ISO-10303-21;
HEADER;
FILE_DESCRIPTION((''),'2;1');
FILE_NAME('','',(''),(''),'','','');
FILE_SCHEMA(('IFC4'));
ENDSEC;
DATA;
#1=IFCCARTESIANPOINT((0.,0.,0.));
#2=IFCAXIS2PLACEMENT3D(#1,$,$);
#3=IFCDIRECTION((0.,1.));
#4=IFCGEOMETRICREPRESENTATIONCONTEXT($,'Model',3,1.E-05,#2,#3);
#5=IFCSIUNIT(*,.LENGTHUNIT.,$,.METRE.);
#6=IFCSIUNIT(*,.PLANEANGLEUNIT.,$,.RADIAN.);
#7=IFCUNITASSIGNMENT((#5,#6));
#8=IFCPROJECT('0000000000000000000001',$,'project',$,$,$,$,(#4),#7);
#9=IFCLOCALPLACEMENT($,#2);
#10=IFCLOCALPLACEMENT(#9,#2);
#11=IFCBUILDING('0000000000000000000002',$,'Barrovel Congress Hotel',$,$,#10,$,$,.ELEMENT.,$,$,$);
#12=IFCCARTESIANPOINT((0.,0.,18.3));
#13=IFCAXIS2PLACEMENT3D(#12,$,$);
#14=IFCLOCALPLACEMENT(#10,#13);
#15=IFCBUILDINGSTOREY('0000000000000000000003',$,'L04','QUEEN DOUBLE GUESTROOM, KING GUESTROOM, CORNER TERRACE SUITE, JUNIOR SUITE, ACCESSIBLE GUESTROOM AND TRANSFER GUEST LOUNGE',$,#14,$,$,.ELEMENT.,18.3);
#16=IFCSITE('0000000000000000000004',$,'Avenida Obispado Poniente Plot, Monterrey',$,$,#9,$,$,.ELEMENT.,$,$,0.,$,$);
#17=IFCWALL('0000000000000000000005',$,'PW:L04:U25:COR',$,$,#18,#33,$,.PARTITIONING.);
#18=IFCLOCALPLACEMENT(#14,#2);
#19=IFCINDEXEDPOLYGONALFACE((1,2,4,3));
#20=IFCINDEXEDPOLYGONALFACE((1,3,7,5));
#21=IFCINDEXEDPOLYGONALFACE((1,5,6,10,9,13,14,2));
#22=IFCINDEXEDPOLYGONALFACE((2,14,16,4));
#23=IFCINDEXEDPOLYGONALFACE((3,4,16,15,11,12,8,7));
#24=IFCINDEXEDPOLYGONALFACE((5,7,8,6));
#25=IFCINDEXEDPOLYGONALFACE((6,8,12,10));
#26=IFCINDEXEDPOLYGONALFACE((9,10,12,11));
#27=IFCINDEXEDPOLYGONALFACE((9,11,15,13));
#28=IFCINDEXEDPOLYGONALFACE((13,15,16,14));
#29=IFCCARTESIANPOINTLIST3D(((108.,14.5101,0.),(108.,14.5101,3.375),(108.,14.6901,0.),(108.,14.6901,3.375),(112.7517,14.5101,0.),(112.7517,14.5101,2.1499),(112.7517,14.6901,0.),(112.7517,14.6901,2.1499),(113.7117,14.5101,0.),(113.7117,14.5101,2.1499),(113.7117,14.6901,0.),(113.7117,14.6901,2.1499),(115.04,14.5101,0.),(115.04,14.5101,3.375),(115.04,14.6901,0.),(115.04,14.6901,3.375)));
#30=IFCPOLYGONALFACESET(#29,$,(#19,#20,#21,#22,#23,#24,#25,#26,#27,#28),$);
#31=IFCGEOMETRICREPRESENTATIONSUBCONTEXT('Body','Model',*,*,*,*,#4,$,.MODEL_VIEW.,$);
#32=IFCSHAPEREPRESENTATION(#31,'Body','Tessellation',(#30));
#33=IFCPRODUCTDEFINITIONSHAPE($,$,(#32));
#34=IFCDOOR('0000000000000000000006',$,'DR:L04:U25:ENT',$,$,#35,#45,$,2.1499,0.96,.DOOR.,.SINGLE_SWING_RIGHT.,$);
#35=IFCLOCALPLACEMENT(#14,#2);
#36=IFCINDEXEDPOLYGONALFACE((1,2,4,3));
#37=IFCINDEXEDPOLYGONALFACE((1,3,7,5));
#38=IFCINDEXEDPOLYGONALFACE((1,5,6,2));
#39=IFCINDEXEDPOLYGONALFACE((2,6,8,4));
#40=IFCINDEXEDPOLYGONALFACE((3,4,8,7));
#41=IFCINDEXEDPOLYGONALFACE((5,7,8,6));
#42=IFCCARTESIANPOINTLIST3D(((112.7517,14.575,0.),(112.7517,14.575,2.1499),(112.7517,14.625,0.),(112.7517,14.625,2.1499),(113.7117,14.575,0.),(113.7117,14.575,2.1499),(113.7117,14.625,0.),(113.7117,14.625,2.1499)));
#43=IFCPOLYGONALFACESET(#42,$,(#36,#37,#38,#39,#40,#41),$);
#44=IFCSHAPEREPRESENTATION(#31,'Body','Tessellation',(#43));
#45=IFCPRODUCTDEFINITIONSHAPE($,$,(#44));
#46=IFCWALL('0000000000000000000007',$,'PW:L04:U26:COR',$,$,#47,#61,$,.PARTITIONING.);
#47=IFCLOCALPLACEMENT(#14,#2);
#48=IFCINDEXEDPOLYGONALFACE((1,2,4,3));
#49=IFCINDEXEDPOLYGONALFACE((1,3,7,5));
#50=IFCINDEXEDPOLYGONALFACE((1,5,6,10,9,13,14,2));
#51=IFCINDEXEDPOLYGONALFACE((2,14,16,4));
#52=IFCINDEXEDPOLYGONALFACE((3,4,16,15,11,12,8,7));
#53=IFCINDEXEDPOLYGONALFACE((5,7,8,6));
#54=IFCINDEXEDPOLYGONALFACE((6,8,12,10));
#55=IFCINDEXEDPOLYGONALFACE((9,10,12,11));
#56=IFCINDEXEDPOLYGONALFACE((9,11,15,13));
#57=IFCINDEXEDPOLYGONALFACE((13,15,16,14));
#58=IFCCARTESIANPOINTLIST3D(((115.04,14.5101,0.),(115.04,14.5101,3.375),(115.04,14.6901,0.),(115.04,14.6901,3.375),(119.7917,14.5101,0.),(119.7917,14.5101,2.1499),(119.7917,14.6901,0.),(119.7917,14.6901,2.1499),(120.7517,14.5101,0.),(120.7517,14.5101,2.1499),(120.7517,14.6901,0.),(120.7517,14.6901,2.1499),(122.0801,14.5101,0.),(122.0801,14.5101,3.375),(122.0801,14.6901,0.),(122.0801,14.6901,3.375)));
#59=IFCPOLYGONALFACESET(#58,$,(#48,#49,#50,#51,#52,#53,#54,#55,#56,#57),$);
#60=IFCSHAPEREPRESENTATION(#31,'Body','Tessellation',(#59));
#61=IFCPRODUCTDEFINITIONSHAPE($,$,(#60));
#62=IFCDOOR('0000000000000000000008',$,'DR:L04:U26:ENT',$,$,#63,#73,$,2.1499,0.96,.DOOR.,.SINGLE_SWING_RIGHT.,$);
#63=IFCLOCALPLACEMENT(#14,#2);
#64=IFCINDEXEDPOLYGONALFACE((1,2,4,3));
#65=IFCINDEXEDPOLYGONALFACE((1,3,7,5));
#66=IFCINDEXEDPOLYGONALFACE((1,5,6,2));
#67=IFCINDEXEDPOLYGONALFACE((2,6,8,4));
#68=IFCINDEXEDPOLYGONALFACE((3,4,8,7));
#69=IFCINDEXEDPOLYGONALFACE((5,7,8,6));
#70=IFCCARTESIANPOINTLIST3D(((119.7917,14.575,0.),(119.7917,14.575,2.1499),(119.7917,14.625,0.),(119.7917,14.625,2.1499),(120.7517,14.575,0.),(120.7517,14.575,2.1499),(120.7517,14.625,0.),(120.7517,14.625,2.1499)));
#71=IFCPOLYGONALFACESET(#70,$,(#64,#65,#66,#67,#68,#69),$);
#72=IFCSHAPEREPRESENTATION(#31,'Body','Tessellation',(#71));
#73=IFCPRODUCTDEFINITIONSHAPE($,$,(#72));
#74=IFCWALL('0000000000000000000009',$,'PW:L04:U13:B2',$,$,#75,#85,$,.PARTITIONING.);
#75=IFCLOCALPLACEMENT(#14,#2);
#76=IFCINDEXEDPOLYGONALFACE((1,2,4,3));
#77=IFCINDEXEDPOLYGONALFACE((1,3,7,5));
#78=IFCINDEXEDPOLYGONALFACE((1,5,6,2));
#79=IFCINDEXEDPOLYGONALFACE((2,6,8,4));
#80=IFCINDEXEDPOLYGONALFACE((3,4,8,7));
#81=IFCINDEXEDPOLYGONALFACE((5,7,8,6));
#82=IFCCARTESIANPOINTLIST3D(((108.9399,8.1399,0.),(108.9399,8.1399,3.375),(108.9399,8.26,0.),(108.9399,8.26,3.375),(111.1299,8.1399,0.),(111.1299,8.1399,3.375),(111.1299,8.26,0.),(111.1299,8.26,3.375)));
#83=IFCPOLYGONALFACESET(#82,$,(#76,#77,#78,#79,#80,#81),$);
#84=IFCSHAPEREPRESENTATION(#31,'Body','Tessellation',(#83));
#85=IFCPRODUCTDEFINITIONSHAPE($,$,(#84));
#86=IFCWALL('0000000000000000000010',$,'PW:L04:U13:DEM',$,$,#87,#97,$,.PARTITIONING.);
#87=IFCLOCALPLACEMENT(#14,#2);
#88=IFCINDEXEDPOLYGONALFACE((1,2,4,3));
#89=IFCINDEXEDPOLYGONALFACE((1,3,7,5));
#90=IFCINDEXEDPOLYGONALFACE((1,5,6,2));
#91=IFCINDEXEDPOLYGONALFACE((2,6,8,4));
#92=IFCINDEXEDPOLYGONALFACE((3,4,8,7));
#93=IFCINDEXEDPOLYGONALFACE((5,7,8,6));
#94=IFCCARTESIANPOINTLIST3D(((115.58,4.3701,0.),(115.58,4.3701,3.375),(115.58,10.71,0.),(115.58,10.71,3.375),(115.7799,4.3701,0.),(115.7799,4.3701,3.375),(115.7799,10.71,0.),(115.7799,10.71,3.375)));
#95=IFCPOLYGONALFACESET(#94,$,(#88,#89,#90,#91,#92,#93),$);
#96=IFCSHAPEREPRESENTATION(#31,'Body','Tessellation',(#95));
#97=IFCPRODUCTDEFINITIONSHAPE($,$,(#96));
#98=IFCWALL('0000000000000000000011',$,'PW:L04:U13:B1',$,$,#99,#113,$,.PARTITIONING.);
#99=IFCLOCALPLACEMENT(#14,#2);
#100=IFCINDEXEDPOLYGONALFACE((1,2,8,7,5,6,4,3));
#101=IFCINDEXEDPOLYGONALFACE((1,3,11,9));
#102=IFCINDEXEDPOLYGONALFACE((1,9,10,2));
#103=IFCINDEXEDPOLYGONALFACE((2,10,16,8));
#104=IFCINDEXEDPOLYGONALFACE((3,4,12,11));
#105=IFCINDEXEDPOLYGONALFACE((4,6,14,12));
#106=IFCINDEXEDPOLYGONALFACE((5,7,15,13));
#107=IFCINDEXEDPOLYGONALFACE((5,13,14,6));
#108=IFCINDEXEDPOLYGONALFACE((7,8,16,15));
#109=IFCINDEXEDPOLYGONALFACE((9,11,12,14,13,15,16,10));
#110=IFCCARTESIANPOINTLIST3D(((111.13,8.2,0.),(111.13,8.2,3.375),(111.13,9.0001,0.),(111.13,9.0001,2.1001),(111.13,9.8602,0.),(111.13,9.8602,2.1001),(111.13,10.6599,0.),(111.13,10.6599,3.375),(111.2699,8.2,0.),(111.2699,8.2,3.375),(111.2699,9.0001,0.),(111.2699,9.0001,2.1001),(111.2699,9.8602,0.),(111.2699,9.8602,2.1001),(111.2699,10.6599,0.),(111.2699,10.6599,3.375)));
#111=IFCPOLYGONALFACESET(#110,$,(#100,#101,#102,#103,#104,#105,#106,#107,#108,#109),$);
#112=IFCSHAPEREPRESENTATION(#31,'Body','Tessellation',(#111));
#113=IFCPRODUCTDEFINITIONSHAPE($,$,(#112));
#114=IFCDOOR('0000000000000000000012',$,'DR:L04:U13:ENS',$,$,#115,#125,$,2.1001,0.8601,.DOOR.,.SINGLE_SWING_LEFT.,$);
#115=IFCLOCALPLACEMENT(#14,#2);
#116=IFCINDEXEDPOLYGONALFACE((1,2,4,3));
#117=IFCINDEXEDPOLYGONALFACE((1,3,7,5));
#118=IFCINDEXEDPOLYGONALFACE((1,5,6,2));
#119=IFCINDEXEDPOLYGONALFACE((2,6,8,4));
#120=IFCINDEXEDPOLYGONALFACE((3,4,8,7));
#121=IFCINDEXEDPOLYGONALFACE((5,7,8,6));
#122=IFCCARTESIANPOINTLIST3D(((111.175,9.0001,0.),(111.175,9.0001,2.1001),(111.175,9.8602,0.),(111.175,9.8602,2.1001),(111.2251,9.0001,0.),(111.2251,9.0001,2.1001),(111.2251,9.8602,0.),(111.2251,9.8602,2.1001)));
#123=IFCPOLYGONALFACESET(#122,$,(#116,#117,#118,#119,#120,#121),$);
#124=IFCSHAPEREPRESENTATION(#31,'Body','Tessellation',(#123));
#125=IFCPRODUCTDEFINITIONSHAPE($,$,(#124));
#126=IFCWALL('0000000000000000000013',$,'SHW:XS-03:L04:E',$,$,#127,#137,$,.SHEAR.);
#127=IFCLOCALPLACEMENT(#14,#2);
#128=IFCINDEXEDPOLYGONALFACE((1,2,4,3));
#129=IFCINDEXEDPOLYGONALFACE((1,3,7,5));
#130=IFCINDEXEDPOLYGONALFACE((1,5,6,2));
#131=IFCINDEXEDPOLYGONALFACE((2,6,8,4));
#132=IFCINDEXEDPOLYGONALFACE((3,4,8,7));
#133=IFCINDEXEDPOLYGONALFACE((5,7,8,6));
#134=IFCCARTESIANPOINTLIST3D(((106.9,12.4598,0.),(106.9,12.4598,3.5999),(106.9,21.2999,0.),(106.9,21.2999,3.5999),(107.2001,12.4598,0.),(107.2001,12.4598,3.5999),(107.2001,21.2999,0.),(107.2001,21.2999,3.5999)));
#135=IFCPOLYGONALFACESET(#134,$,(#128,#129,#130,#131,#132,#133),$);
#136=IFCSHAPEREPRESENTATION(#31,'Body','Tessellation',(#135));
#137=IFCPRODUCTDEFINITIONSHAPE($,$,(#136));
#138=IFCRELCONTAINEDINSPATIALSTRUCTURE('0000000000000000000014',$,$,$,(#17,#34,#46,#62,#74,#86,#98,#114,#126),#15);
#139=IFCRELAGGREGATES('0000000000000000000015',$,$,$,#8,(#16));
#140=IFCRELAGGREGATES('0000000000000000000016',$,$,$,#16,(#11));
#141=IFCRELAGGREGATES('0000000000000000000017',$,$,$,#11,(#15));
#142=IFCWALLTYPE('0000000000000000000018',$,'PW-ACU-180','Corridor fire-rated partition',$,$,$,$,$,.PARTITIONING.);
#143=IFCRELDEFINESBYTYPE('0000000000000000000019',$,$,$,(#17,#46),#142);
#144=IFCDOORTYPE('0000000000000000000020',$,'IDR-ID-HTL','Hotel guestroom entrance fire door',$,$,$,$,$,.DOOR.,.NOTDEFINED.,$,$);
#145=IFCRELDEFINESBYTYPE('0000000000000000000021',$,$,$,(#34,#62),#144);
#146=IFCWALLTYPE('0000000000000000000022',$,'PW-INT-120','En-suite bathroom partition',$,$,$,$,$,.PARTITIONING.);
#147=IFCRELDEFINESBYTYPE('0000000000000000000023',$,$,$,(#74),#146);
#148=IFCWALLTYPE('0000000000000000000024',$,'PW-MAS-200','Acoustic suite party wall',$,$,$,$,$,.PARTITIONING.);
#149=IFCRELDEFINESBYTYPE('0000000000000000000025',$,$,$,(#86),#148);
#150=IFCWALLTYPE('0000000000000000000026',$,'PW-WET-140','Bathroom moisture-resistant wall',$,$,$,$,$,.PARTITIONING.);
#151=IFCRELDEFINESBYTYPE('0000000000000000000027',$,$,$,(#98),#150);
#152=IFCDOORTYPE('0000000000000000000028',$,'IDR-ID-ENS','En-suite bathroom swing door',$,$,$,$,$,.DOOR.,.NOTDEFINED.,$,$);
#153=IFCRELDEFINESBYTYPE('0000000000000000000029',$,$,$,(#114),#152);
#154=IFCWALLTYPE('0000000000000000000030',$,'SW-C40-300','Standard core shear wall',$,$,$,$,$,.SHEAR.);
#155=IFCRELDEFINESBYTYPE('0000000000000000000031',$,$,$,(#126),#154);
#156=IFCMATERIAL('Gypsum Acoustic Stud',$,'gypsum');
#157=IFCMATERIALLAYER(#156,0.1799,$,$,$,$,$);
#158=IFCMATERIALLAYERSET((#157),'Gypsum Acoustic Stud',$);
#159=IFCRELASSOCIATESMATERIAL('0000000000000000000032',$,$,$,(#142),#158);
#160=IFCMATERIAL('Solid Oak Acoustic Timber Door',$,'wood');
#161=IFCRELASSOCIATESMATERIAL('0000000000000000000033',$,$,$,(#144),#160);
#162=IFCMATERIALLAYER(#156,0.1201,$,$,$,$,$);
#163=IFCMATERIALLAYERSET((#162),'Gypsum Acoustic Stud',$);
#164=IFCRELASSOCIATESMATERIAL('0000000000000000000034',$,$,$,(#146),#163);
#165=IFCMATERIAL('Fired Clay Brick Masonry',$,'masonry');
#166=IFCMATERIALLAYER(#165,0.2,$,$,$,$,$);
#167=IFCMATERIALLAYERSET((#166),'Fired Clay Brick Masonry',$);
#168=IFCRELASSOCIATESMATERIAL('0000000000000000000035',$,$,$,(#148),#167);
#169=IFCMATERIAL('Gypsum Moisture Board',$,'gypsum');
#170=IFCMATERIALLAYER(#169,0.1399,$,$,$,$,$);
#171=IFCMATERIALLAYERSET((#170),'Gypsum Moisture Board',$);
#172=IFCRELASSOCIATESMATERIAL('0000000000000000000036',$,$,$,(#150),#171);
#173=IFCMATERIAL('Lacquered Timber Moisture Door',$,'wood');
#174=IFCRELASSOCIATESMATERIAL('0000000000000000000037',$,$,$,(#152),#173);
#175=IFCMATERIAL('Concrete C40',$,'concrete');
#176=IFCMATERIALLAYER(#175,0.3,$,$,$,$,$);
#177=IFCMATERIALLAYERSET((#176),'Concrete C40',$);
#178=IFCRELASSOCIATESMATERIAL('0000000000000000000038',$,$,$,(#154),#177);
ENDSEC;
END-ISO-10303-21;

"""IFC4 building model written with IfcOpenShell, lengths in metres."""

from ifc_helpers import new_model, si_unit, direction, frame, frame_2d, origin, place, context, subcontext, project, spatial, rectangle, extrude, material, layer, layer_set, type_object, element, fill, save


model = new_model("IFC4")

# Units and contexts
model_context = context("Model", 3, precision=1e-05, world=origin(), true_north=direction((0.0, 1.0)))
body_context = subcontext(model_context, "Body", "Model", "MODEL_VIEW")
ifc_project = project(units=[si_unit("LENGTHUNIT", "METRE"), si_unit("PLANEANGLEUNIT", "RADIAN")], contexts=[model_context])

# Site, building, storey
site_placement = place(None, origin())
site = spatial("IfcSite", under=ifc_project, at=site_placement, Name="Avenida Obispado Poniente Plot, Monterrey", CompositionType="ELEMENT", RefElevation=0.0)
building_placement = place(site_placement, origin())
building = spatial("IfcBuilding", under=site, at=building_placement, Name="Barrovel Congress Hotel", CompositionType="ELEMENT")
storey_placement = place(building_placement, frame((0.0, 0.0, 18.3)))
storey = spatial("IfcBuildingStorey", under=building, at=storey_placement, Name="L04", Description="QUEEN DOUBLE GUESTROOM, KING GUESTROOM, CORNER TERRACE SUITE, JUNIOR SUITE, ACCESSIBLE GUESTROOM AND TRANSFER GUEST LOUNGE", CompositionType="ELEMENT", Elevation=18.3)

# Shared definitions
ifc_material_1 = material(Name="Concrete C40", Category="concrete")

# Shared definitions
ifc_material_2 = material(Name="Fired Clay Brick Masonry", Category="masonry")

# Walls, openings, doors
ifc_material_3 = material(Name="Gypsum Acoustic Stud", Category="gypsum")
ifc_layer_1 = layer(ifc_material_3, 0.1799)
ifc_layer_set_1 = layer_set([ifc_layer_1], Name="Gypsum Acoustic Stud")
wall_type_1 = type_object("IfcWallType", Name="PW-ACU-180", Description="Corridor fire-rated partition", PredefinedType="PARTITIONING", material=ifc_layer_set_1)
ifc_material_4 = material(Name="Solid Oak Acoustic Timber Door", Category="wood")
door_type_1 = type_object("IfcDoorType", Name="IDR-ID-HTL", Description="Hotel guestroom entrance fire door", OperationType="NOTDEFINED", PredefinedType="DOOR", material=ifc_material_4)
wall_1_placement = place(storey_placement, frame((108.0, 14.6001, 0.0), z_axis=(0.0, 0.0, 1.0), x_axis=(1.0, 0.0, 0.0)))
wall_1 = element("IfcWall", 1, at=wall_1_placement, inside=storey, type_object=wall_type_1, Name="PW:L04:U25:COR", PredefinedType="PARTITIONING", context=body_context, shape_type="SweptSolid", body=[
    extrude(rectangle(XDim=7.04, YDim=0.1799, at=frame_2d((3.52, 0.0))), origin(), (0.0, 0.0, 1.0), 3.375),
])
opening_1_placement = place(wall_1_placement, frame((4.7517, 0.0, 0.0)))
opening_1 = element("IfcOpeningElement", 2, at=opening_1_placement, cuts=wall_1, PredefinedType="OPENING", context=body_context, shape_type="SweptSolid", body=[
    extrude(rectangle(XDim=0.96, YDim=2.1499, at=frame_2d((0.48, 1.075))), frame((0.0, 0.1001, 0.0), z_axis=(0.0, -1.0, 0.0), x_axis=(1.0, 0.0, 0.0)), (0.0, 0.0, 1.0), 0.2),
])
door_1_placement = place(opening_1_placement, origin())
door_1 = element("IfcDoor", 3, at=door_1_placement, inside=storey, type_object=door_type_1, Name="DR:L04:U25:ENT", OperationType="SINGLE_SWING_RIGHT", OverallHeight=2.1499, OverallWidth=0.96, PredefinedType="DOOR", context=body_context, shape_type="SweptSolid", body=[
    extrude(rectangle(XDim=0.96, YDim=2.1499, at=frame_2d((0.48, 1.075))), frame((0.0, 0.0249, 0.0), z_axis=(0.0, -1.0, 0.0), x_axis=(1.0, 0.0, 0.0)), (0.0, 0.0, 1.0), 0.05),
])
fill(opening_1, door_1)
wall_2_placement = place(storey_placement, frame((115.04, 14.6001, 0.0), z_axis=(0.0, 0.0, 1.0), x_axis=(1.0, 0.0, 0.0)))
wall_2 = element("IfcWall", 4, at=wall_2_placement, inside=storey, type_object=wall_type_1, Name="PW:L04:U26:COR", PredefinedType="PARTITIONING", context=body_context, shape_type="SweptSolid", body=[
    extrude(rectangle(XDim=7.04, YDim=0.1799, at=frame_2d((3.52, 0.0))), origin(), (0.0, 0.0, 1.0), 3.375),
])
opening_2_placement = place(wall_2_placement, frame((4.7517, 0.0, 0.0)))
opening_2 = element("IfcOpeningElement", 5, at=opening_2_placement, cuts=wall_2, PredefinedType="OPENING", context=body_context, shape_type="SweptSolid", body=[
    extrude(rectangle(XDim=0.96, YDim=2.1499, at=frame_2d((0.48, 1.075))), frame((0.0, 0.1001, 0.0), z_axis=(0.0, -1.0, 0.0), x_axis=(1.0, 0.0, 0.0)), (0.0, 0.0, 1.0), 0.2),
])
door_2_placement = place(opening_2_placement, origin())
door_2 = element("IfcDoor", 6, at=door_2_placement, inside=storey, type_object=door_type_1, Name="DR:L04:U26:ENT", OperationType="SINGLE_SWING_RIGHT", OverallHeight=2.1499, OverallWidth=0.96, PredefinedType="DOOR", context=body_context, shape_type="SweptSolid", body=[
    extrude(rectangle(XDim=0.96, YDim=2.1499, at=frame_2d((0.48, 1.075))), frame((0.0, 0.0249, 0.0), z_axis=(0.0, -1.0, 0.0), x_axis=(1.0, 0.0, 0.0)), (0.0, 0.0, 1.0), 0.05),
])
fill(opening_2, door_2)

# Walls
ifc_layer_2 = layer(ifc_material_3, 0.1201)
ifc_layer_set_2 = layer_set([ifc_layer_2], Name="Gypsum Acoustic Stud")
wall_type_2 = type_object("IfcWallType", Name="PW-INT-120", Description="En-suite bathroom partition", PredefinedType="PARTITIONING", material=ifc_layer_set_2)
wall_3_placement = place(storey_placement, frame((108.9399, 8.2, 0.0), z_axis=(0.0, 0.0, 1.0), x_axis=(1.0, 0.0, 0.0)))
element("IfcWall", 7, at=wall_3_placement, inside=storey, type_object=wall_type_2, Name="PW:L04:U13:B2", PredefinedType="PARTITIONING", context=body_context, shape_type="SweptSolid", body=[
    extrude(rectangle(XDim=2.1899, YDim=0.1201, at=frame_2d((1.095, 0.0))), origin(), (0.0, 0.0, 1.0), 3.375),
])
ifc_layer_3 = layer(ifc_material_2, 0.2)
ifc_layer_set_3 = layer_set([ifc_layer_3], Name="Fired Clay Brick Masonry")
wall_type_3 = type_object("IfcWallType", Name="PW-MAS-200", Description="Acoustic suite party wall", PredefinedType="PARTITIONING", material=ifc_layer_set_3)
wall_4_placement = place(storey_placement, frame((115.6799, 4.3701, 0.0), z_axis=(0.0, 0.0, 1.0), x_axis=(0.0, 1.0, 0.0)))
element("IfcWall", 8, at=wall_4_placement, inside=storey, type_object=wall_type_3, Name="PW:L04:U13:DEM", PredefinedType="PARTITIONING", context=body_context, shape_type="SweptSolid", body=[
    extrude(rectangle(XDim=6.3398, YDim=0.2, at=frame_2d((3.1699, 0.0))), origin(), (0.0, 0.0, 1.0), 3.375),
])

# Wall, opening, door
ifc_material_5 = material(Name="Gypsum Moisture Board", Category="gypsum")
ifc_layer_4 = layer(ifc_material_5, 0.1399)
ifc_layer_set_4 = layer_set([ifc_layer_4], Name="Gypsum Moisture Board")
wall_type_4 = type_object("IfcWallType", Name="PW-WET-140", Description="Bathroom moisture-resistant wall", PredefinedType="PARTITIONING", material=ifc_layer_set_4)
wall_5_placement = place(storey_placement, frame((111.2, 8.2, 0.0), z_axis=(0.0, 0.0, 1.0), x_axis=(0.0, 1.0, 0.0)))
wall_5 = element("IfcWall", 9, at=wall_5_placement, inside=storey, type_object=wall_type_4, Name="PW:L04:U13:B1", PredefinedType="PARTITIONING", context=body_context, shape_type="SweptSolid", body=[
    extrude(rectangle(XDim=2.46, YDim=0.1399, at=frame_2d((1.23, 0.0))), origin(), (0.0, 0.0, 1.0), 3.375),
])
opening_3_placement = place(wall_5_placement, frame((0.8, 0.0, 0.0)))
opening_3 = element("IfcOpeningElement", 10, at=opening_3_placement, cuts=wall_5, PredefinedType="OPENING", context=body_context, shape_type="SweptSolid", body=[
    extrude(rectangle(XDim=0.8601, YDim=2.1001, at=frame_2d((0.4302, 1.05))), frame((0.0, 0.0801, 0.0), z_axis=(0.0, -1.0, 0.0), x_axis=(1.0, 0.0, 0.0)), (0.0, 0.0, 1.0), 0.1599),
])
ifc_material_6 = material(Name="Lacquered Timber Moisture Door", Category="wood")
door_type_2 = type_object("IfcDoorType", Name="IDR-ID-ENS", Description="En-suite bathroom swing door", OperationType="NOTDEFINED", PredefinedType="DOOR", material=ifc_material_6)
door_3_placement = place(opening_3_placement, origin())
door_3 = element("IfcDoor", 11, at=door_3_placement, inside=storey, type_object=door_type_2, Name="DR:L04:U13:ENS", OperationType="SINGLE_SWING_LEFT", OverallHeight=2.1001, OverallWidth=0.8601, PredefinedType="DOOR", context=body_context, shape_type="SweptSolid", body=[
    extrude(rectangle(XDim=0.8601, YDim=2.1001, at=frame_2d((0.4302, 1.05))), frame((0.0, 0.0249, 0.0), z_axis=(0.0, -1.0, 0.0), x_axis=(1.0, 0.0, 0.0)), (0.0, 0.0, 1.0), 0.05),
])
fill(opening_3, door_3)

# Wall
ifc_layer_5 = layer(ifc_material_1, 0.3)
ifc_layer_set_5 = layer_set([ifc_layer_5], Name="Concrete C40")
wall_type_5 = type_object("IfcWallType", Name="SW-C40-300", Description="Standard core shear wall", PredefinedType="SHEAR", material=ifc_layer_set_5)
wall_6_placement = place(storey_placement, frame((107.05, 12.46, 0.0), z_axis=(0.0, 0.0, 1.0), x_axis=(0.0, 1.0, 0.0)))
element("IfcWall", 12, at=wall_6_placement, inside=storey, type_object=wall_type_5, Name="SHW:XS-03:L04:E", PredefinedType="SHEAR", context=body_context, shape_type="SweptSolid", body=[
    extrude(rectangle(XDim=8.8401, YDim=0.3, at=frame_2d((4.4199, 0.0))), origin(), (0.0, 0.0, 1.0), 3.5999),
])

save(model, "model.ifc")
